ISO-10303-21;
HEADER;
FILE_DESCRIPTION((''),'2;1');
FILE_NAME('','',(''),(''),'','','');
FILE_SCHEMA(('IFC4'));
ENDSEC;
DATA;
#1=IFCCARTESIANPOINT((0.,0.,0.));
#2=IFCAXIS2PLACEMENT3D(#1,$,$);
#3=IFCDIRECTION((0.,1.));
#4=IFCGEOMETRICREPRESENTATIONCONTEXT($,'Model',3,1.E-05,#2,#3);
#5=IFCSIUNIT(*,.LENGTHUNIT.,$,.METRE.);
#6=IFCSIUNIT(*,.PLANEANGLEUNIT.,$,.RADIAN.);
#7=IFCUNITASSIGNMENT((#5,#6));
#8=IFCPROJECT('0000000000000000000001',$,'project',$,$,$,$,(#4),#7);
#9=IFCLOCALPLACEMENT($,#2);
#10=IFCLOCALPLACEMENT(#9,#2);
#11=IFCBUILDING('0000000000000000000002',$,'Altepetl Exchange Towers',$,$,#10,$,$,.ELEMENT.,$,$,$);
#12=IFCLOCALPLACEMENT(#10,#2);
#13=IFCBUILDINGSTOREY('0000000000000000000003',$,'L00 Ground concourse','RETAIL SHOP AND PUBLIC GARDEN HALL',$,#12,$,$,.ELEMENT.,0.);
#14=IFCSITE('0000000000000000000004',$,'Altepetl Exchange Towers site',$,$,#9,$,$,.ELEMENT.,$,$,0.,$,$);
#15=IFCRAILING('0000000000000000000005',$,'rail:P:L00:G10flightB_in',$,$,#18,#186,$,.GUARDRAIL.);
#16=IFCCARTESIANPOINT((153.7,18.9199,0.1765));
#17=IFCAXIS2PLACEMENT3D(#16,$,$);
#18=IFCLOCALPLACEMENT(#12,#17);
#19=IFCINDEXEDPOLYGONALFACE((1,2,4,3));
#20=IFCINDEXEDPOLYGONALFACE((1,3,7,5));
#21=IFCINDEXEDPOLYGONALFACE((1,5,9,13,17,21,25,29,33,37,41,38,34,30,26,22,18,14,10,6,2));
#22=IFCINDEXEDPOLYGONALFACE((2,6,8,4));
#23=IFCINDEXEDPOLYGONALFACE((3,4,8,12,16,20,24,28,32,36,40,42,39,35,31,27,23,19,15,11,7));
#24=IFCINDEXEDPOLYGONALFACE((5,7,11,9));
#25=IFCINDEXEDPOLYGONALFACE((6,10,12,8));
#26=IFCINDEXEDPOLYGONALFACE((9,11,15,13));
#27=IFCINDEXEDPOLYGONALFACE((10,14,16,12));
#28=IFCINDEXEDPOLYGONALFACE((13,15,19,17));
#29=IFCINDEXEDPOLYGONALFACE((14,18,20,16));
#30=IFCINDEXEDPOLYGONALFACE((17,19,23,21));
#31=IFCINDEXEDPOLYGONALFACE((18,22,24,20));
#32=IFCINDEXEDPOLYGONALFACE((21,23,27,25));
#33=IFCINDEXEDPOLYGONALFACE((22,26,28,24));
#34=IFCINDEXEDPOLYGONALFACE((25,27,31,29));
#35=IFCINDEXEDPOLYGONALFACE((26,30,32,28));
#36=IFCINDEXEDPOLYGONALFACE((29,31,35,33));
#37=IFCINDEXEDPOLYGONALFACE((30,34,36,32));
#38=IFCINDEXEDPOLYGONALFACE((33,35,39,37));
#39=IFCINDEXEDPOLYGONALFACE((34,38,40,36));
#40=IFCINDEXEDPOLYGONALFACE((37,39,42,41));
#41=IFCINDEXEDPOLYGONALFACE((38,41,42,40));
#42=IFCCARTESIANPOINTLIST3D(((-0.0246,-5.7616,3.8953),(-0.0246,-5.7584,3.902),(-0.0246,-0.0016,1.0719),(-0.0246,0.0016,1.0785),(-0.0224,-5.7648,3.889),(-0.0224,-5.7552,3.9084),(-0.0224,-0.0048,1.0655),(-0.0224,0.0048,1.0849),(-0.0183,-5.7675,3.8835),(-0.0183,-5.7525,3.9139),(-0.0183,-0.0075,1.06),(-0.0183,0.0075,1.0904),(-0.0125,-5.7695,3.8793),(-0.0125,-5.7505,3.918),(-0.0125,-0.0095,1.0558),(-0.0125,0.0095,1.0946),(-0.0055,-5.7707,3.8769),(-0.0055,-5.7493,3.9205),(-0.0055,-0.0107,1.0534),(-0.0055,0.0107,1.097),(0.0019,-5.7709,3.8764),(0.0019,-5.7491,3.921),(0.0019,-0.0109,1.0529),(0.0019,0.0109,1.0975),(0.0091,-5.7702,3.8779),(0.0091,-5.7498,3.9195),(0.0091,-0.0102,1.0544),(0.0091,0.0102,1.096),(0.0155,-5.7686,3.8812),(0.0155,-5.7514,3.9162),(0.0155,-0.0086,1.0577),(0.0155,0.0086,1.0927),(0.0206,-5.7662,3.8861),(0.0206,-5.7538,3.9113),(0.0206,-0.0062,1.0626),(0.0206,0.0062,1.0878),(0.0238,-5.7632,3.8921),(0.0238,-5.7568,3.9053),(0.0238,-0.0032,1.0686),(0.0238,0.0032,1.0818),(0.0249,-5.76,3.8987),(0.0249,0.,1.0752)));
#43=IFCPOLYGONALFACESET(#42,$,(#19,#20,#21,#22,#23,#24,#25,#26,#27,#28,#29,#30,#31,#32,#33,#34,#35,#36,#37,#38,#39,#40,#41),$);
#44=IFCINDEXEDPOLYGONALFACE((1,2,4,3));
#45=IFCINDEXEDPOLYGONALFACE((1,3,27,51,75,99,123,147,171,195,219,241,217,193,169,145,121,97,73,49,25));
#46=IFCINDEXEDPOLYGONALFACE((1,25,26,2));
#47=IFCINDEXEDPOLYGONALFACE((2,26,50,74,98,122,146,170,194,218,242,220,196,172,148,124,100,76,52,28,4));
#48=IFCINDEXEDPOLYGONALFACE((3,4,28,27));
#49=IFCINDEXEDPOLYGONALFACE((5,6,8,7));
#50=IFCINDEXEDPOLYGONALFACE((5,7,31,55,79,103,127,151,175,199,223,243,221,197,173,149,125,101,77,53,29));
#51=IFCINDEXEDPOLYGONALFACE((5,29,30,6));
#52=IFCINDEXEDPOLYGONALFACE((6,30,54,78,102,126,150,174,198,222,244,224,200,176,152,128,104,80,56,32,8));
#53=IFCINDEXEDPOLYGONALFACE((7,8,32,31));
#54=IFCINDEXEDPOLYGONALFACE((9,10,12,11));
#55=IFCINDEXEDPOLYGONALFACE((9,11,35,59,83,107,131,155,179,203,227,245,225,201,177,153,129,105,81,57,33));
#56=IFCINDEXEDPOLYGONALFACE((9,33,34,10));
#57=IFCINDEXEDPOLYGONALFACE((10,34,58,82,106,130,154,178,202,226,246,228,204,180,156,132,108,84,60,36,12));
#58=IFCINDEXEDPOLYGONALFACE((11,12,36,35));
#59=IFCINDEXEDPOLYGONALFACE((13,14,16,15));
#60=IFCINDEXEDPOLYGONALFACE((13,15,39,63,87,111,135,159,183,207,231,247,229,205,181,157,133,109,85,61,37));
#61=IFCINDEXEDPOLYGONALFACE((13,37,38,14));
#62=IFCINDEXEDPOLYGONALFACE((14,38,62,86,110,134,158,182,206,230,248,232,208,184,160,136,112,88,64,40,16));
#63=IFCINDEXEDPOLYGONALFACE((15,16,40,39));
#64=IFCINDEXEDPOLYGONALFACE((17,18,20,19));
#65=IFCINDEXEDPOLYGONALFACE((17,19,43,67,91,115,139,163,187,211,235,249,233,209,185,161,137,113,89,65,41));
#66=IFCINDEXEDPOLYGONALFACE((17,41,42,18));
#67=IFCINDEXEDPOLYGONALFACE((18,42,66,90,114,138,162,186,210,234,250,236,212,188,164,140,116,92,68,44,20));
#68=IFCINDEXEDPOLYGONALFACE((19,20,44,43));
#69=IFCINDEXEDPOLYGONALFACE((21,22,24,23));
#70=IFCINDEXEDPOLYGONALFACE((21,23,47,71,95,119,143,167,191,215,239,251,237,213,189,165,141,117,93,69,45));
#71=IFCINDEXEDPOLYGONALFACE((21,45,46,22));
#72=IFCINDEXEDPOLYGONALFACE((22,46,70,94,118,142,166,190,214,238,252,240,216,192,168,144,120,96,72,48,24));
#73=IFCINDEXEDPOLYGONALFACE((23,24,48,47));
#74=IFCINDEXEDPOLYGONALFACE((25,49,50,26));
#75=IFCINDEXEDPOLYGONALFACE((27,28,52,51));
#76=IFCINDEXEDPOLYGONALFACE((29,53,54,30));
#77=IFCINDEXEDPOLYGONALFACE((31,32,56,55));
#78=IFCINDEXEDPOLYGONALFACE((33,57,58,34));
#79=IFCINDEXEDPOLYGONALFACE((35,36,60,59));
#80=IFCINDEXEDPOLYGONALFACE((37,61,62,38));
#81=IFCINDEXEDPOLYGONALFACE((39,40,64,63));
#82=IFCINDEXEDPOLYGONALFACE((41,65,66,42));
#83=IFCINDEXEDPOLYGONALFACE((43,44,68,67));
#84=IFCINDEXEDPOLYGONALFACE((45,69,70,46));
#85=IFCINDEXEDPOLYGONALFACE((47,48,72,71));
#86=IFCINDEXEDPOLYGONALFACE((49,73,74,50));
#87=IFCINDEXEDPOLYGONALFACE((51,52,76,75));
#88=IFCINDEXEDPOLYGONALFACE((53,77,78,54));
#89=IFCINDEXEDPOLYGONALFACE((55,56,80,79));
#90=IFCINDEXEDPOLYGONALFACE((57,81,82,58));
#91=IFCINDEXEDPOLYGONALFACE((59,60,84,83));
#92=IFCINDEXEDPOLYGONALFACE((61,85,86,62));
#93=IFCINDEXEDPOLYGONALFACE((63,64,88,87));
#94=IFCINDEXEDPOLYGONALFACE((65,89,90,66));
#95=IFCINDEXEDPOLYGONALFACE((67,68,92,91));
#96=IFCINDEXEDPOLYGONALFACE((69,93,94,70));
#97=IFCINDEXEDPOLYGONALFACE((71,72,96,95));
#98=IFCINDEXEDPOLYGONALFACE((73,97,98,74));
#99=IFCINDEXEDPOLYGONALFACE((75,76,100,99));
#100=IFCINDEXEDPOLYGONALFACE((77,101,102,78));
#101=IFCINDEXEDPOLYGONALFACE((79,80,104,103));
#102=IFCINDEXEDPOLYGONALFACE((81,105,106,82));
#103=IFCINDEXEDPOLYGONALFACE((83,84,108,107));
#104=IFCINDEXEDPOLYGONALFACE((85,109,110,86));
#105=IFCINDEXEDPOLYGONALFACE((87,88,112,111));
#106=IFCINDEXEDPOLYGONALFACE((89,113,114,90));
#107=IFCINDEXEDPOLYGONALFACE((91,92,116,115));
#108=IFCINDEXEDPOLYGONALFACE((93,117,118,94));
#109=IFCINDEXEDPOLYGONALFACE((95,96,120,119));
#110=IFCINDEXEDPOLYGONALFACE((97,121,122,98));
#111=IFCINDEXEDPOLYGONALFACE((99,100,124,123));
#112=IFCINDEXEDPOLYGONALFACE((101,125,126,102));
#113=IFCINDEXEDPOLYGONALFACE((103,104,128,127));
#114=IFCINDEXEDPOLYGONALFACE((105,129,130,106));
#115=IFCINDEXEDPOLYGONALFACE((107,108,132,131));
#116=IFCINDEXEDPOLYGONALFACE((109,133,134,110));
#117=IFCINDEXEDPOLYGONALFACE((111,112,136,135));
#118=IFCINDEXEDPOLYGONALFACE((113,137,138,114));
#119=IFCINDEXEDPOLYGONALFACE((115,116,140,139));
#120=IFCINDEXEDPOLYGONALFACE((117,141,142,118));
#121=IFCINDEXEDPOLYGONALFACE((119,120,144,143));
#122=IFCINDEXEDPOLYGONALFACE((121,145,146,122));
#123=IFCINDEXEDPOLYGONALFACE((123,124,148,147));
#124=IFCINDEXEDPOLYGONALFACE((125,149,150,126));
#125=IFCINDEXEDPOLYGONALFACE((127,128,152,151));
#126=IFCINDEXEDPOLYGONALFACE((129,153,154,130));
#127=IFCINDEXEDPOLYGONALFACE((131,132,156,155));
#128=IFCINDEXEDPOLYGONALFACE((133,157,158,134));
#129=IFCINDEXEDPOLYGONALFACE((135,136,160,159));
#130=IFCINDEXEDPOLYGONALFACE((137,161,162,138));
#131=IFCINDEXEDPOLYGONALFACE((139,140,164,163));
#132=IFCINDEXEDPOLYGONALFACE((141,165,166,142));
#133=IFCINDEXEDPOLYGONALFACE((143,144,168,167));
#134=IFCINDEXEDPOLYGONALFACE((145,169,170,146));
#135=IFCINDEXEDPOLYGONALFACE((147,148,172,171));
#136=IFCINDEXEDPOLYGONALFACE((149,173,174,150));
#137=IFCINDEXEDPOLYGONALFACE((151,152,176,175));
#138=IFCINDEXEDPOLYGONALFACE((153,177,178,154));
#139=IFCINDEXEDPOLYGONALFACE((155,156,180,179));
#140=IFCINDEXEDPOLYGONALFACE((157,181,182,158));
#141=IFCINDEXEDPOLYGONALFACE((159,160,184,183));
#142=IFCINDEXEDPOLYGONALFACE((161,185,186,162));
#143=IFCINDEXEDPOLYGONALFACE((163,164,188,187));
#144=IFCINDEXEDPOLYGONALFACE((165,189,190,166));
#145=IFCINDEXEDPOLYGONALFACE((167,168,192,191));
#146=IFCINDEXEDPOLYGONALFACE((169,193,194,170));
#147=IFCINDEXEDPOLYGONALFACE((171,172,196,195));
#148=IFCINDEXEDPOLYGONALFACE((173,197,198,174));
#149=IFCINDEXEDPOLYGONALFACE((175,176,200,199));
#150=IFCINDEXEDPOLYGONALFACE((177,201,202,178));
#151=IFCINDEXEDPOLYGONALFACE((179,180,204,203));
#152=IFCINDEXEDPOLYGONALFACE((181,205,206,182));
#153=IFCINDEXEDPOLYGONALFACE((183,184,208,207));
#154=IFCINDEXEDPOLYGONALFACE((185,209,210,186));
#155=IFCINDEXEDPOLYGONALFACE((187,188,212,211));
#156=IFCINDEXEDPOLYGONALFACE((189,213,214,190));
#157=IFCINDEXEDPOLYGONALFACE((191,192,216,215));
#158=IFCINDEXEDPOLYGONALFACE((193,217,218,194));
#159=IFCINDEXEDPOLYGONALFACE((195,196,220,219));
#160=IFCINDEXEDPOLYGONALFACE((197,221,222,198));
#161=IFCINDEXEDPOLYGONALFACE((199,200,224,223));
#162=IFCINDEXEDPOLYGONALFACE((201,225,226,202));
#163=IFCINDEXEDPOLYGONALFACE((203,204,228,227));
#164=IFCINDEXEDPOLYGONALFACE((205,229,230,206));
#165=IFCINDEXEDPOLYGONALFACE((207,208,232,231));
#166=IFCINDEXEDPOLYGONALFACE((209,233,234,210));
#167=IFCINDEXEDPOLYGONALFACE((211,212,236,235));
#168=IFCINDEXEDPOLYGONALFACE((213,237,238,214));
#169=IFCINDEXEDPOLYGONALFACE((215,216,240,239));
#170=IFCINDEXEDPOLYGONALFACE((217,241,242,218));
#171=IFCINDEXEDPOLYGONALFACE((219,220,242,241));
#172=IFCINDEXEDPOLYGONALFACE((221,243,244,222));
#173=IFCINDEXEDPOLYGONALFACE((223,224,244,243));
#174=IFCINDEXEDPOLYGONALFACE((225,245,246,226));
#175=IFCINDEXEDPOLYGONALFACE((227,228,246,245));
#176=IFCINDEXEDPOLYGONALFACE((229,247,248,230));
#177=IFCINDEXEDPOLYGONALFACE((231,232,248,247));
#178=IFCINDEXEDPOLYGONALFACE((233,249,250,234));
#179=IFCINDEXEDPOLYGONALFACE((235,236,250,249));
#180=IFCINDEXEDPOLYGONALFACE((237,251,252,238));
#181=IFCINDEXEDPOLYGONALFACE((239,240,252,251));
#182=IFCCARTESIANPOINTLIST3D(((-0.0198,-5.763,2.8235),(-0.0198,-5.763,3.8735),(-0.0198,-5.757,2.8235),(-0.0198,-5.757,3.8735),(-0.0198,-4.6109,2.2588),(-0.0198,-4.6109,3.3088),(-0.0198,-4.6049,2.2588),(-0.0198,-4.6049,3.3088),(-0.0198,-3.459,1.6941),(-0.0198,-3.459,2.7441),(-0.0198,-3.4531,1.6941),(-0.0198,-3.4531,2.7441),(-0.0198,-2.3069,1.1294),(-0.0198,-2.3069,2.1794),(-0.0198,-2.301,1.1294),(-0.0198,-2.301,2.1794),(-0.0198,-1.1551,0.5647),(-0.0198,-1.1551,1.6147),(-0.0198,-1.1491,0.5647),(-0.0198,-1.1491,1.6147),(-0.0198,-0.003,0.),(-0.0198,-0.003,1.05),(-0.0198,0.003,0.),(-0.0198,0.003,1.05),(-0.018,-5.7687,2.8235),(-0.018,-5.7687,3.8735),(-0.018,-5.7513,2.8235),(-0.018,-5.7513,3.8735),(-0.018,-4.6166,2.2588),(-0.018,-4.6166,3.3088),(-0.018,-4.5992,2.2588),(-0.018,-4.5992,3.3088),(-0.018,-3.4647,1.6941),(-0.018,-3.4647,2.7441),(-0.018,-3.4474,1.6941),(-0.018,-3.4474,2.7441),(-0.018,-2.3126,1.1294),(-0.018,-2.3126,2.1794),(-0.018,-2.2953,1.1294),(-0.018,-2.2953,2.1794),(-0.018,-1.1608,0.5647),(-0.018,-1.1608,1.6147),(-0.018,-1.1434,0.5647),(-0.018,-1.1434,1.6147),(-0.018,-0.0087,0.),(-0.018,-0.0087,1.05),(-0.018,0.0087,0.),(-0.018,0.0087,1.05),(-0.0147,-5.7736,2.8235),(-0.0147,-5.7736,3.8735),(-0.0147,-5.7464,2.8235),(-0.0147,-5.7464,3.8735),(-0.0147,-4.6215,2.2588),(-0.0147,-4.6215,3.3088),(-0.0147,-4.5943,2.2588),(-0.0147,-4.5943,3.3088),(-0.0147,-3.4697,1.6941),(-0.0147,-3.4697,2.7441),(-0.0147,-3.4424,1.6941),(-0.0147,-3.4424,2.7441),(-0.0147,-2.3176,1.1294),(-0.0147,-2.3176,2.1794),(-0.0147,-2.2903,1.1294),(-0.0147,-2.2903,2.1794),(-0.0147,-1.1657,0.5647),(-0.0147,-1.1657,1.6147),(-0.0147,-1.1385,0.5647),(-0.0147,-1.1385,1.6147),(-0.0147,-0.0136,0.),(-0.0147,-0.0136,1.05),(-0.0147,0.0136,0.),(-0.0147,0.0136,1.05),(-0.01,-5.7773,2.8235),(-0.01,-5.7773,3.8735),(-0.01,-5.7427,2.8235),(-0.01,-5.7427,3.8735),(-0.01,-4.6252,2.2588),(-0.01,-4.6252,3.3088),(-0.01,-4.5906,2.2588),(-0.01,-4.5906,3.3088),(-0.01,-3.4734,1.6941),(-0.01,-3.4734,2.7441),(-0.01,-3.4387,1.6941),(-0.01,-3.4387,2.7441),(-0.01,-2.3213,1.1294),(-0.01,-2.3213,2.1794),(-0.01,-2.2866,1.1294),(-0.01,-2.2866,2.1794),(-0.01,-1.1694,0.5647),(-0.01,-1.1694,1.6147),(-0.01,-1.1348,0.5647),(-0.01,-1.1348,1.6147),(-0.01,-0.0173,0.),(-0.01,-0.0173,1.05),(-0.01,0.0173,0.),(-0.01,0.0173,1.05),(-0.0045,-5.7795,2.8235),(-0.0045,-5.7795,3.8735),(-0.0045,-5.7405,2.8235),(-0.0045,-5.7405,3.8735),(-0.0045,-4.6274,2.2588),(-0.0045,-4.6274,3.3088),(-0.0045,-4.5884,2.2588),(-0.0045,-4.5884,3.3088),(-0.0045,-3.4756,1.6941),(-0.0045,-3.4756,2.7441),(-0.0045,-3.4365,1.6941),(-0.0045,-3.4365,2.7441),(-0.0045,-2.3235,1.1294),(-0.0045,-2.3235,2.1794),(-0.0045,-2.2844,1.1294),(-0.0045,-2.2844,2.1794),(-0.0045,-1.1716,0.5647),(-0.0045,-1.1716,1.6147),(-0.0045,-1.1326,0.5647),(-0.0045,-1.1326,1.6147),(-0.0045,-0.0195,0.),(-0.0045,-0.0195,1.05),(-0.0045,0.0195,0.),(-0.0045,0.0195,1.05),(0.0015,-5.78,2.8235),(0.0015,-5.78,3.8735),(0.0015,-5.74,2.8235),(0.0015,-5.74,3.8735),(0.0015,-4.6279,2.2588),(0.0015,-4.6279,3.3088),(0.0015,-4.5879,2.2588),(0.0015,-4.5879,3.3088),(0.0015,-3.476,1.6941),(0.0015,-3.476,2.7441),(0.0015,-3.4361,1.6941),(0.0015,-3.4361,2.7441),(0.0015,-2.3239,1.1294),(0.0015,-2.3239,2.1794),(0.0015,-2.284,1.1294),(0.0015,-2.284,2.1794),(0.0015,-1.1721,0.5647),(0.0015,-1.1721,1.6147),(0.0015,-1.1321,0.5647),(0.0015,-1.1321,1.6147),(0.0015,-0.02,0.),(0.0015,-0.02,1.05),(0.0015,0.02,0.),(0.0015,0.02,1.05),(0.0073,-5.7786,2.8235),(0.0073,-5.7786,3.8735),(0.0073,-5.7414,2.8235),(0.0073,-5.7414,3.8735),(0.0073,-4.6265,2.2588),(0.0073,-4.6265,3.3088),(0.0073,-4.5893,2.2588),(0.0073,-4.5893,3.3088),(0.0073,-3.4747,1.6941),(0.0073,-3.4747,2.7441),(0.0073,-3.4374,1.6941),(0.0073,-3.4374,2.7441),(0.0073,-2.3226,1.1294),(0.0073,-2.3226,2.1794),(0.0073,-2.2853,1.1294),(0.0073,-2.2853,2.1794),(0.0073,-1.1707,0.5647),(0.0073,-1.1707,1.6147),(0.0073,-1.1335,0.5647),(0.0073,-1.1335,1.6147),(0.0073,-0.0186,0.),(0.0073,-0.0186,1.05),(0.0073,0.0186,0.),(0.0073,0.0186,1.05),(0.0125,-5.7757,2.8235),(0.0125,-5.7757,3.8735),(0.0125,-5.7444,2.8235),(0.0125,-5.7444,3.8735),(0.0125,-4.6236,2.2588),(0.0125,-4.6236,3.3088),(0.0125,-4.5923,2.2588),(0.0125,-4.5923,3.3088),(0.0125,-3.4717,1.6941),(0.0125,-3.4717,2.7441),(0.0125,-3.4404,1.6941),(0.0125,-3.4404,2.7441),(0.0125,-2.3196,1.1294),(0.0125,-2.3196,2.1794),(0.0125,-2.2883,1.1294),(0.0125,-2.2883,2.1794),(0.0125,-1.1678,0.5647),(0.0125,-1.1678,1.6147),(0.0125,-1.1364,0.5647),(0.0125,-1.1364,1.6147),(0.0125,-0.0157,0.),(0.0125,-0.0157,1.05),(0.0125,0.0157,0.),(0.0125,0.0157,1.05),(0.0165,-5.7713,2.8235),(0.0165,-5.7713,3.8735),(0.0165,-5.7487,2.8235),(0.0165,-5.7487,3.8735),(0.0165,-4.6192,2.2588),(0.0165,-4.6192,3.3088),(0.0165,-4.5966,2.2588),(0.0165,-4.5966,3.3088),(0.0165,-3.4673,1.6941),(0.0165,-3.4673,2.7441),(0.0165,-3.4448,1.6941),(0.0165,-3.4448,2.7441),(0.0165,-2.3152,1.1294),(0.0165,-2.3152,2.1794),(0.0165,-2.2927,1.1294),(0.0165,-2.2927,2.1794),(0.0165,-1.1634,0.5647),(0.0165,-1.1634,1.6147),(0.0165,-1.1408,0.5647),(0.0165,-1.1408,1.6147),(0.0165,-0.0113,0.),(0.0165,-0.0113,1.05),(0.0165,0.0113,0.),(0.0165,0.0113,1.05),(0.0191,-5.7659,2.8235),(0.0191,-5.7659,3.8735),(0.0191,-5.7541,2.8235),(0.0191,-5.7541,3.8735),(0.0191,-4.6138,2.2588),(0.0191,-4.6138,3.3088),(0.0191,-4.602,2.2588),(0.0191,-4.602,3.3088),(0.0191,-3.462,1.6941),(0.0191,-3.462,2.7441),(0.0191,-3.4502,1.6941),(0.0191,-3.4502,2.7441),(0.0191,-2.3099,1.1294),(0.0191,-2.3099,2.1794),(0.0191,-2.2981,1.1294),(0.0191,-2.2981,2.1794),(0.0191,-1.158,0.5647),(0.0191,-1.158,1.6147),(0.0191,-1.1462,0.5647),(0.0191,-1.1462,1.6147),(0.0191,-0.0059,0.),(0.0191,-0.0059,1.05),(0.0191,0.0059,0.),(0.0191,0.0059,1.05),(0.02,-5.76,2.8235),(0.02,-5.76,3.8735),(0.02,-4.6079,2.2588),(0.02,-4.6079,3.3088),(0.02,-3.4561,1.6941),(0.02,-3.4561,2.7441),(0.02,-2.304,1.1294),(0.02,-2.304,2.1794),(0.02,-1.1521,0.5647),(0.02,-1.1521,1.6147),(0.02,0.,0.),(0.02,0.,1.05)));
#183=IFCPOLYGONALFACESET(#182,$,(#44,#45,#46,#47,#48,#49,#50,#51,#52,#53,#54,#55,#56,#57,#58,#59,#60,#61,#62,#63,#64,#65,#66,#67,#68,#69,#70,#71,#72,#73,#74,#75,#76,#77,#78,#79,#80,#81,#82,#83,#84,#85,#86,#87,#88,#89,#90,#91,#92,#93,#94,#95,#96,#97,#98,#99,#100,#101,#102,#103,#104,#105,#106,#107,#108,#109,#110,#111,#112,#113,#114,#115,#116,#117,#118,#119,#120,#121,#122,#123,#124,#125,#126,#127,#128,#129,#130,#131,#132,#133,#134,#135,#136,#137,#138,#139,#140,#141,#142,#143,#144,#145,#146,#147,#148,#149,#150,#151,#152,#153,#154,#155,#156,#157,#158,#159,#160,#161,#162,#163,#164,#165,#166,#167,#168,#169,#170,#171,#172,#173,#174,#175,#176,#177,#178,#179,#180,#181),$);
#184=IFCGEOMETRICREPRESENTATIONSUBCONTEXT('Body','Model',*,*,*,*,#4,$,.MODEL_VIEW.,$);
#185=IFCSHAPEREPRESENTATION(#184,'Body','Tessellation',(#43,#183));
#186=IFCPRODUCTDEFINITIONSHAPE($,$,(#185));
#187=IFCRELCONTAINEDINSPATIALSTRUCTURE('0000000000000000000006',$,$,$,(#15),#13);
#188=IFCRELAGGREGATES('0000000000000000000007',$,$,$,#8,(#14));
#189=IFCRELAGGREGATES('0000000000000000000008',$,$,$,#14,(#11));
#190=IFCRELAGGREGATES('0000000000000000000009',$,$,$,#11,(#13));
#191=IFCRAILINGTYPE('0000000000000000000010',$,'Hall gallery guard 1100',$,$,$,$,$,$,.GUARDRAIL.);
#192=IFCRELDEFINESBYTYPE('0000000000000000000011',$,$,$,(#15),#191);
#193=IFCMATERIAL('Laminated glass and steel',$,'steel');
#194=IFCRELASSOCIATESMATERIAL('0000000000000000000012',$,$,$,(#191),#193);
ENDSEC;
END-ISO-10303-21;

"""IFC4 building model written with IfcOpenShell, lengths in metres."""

from ifc_helpers import new_model, si_unit, direction, frame, origin, origin_2d, place, context, subcontext, project, spatial, circle, extrude, source, transform, mapped, material, type_object, element, save


model = new_model("IFC4")

# Units and contexts
model_context = context("Model", 3, precision=1e-05, world=origin(), true_north=direction((0.0, 1.0)))
body_context = subcontext(model_context, "Body", "Model", "MODEL_VIEW")
ifc_project = project(units=[si_unit("LENGTHUNIT", "METRE"), si_unit("PLANEANGLEUNIT", "RADIAN")], contexts=[model_context])

# Site, building, storey
site_placement = place(None, origin())
site = spatial("IfcSite", under=ifc_project, at=site_placement, Name="Altepetl Exchange Towers site", CompositionType="ELEMENT", RefElevation=0.0)
building_placement = place(site_placement, origin())
building = spatial("IfcBuilding", under=site, at=building_placement, Name="Altepetl Exchange Towers", CompositionType="ELEMENT")
storey_placement = place(building_placement, origin())
storey = spatial("IfcBuildingStorey", under=building, at=storey_placement, Name="L00 Ground concourse", Description="RETAIL SHOP AND PUBLIC GARDEN HALL", CompositionType="ELEMENT", Elevation=0.0)

# Railing
ifc_material_1 = material(Name="Laminated glass and steel", Category="steel")
railing_type_1 = type_object("IfcRailingType", Name="Hall gallery guard 1100", PredefinedType="GUARDRAIL", material=ifc_material_1)
shared_shape_1 = source(origin(), body_context, "Body", "SweptSolid", [
    extrude(circle(Radius=0.02, at=origin_2d()), origin(), (0.0, 0.0, 1.0), 1.05),
])
for number, where, name in (
    (1, (153.7, 18.9199, 0.1765), "rail:P:L00:G10flightB_in"),
):
    element("IfcRailing", number, at=place(storey_placement, frame(where)), inside=storey, type_object=railing_type_1, Name=name, PredefinedType="GUARDRAIL", context=body_context, shape_type="SweptSolid", body=[
        extrude(circle(Radius=0.0249, at=origin_2d()), frame((0.0, 0.0, 1.0752), z_axis=(0.0, -0.897924, 0.440151), x_axis=(1.0, 0.0, 0.0)), (0.0, 0.0, 1.0), 6.4148),
        mapped(shared_shape_1, transform((0.0, 0.0, 0.0))),
        mapped(shared_shape_1, transform((0.0, -1.1521, 0.5647))),
        mapped(shared_shape_1, transform((0.0, -2.304, 1.1294))),
        mapped(shared_shape_1, transform((0.0, -3.4561, 1.6941))),
        mapped(shared_shape_1, transform((0.0, -4.6079, 2.2588))),
        mapped(shared_shape_1, transform((0.0, -5.76, 2.8235))),
    ])

save(model, "model.ifc")
